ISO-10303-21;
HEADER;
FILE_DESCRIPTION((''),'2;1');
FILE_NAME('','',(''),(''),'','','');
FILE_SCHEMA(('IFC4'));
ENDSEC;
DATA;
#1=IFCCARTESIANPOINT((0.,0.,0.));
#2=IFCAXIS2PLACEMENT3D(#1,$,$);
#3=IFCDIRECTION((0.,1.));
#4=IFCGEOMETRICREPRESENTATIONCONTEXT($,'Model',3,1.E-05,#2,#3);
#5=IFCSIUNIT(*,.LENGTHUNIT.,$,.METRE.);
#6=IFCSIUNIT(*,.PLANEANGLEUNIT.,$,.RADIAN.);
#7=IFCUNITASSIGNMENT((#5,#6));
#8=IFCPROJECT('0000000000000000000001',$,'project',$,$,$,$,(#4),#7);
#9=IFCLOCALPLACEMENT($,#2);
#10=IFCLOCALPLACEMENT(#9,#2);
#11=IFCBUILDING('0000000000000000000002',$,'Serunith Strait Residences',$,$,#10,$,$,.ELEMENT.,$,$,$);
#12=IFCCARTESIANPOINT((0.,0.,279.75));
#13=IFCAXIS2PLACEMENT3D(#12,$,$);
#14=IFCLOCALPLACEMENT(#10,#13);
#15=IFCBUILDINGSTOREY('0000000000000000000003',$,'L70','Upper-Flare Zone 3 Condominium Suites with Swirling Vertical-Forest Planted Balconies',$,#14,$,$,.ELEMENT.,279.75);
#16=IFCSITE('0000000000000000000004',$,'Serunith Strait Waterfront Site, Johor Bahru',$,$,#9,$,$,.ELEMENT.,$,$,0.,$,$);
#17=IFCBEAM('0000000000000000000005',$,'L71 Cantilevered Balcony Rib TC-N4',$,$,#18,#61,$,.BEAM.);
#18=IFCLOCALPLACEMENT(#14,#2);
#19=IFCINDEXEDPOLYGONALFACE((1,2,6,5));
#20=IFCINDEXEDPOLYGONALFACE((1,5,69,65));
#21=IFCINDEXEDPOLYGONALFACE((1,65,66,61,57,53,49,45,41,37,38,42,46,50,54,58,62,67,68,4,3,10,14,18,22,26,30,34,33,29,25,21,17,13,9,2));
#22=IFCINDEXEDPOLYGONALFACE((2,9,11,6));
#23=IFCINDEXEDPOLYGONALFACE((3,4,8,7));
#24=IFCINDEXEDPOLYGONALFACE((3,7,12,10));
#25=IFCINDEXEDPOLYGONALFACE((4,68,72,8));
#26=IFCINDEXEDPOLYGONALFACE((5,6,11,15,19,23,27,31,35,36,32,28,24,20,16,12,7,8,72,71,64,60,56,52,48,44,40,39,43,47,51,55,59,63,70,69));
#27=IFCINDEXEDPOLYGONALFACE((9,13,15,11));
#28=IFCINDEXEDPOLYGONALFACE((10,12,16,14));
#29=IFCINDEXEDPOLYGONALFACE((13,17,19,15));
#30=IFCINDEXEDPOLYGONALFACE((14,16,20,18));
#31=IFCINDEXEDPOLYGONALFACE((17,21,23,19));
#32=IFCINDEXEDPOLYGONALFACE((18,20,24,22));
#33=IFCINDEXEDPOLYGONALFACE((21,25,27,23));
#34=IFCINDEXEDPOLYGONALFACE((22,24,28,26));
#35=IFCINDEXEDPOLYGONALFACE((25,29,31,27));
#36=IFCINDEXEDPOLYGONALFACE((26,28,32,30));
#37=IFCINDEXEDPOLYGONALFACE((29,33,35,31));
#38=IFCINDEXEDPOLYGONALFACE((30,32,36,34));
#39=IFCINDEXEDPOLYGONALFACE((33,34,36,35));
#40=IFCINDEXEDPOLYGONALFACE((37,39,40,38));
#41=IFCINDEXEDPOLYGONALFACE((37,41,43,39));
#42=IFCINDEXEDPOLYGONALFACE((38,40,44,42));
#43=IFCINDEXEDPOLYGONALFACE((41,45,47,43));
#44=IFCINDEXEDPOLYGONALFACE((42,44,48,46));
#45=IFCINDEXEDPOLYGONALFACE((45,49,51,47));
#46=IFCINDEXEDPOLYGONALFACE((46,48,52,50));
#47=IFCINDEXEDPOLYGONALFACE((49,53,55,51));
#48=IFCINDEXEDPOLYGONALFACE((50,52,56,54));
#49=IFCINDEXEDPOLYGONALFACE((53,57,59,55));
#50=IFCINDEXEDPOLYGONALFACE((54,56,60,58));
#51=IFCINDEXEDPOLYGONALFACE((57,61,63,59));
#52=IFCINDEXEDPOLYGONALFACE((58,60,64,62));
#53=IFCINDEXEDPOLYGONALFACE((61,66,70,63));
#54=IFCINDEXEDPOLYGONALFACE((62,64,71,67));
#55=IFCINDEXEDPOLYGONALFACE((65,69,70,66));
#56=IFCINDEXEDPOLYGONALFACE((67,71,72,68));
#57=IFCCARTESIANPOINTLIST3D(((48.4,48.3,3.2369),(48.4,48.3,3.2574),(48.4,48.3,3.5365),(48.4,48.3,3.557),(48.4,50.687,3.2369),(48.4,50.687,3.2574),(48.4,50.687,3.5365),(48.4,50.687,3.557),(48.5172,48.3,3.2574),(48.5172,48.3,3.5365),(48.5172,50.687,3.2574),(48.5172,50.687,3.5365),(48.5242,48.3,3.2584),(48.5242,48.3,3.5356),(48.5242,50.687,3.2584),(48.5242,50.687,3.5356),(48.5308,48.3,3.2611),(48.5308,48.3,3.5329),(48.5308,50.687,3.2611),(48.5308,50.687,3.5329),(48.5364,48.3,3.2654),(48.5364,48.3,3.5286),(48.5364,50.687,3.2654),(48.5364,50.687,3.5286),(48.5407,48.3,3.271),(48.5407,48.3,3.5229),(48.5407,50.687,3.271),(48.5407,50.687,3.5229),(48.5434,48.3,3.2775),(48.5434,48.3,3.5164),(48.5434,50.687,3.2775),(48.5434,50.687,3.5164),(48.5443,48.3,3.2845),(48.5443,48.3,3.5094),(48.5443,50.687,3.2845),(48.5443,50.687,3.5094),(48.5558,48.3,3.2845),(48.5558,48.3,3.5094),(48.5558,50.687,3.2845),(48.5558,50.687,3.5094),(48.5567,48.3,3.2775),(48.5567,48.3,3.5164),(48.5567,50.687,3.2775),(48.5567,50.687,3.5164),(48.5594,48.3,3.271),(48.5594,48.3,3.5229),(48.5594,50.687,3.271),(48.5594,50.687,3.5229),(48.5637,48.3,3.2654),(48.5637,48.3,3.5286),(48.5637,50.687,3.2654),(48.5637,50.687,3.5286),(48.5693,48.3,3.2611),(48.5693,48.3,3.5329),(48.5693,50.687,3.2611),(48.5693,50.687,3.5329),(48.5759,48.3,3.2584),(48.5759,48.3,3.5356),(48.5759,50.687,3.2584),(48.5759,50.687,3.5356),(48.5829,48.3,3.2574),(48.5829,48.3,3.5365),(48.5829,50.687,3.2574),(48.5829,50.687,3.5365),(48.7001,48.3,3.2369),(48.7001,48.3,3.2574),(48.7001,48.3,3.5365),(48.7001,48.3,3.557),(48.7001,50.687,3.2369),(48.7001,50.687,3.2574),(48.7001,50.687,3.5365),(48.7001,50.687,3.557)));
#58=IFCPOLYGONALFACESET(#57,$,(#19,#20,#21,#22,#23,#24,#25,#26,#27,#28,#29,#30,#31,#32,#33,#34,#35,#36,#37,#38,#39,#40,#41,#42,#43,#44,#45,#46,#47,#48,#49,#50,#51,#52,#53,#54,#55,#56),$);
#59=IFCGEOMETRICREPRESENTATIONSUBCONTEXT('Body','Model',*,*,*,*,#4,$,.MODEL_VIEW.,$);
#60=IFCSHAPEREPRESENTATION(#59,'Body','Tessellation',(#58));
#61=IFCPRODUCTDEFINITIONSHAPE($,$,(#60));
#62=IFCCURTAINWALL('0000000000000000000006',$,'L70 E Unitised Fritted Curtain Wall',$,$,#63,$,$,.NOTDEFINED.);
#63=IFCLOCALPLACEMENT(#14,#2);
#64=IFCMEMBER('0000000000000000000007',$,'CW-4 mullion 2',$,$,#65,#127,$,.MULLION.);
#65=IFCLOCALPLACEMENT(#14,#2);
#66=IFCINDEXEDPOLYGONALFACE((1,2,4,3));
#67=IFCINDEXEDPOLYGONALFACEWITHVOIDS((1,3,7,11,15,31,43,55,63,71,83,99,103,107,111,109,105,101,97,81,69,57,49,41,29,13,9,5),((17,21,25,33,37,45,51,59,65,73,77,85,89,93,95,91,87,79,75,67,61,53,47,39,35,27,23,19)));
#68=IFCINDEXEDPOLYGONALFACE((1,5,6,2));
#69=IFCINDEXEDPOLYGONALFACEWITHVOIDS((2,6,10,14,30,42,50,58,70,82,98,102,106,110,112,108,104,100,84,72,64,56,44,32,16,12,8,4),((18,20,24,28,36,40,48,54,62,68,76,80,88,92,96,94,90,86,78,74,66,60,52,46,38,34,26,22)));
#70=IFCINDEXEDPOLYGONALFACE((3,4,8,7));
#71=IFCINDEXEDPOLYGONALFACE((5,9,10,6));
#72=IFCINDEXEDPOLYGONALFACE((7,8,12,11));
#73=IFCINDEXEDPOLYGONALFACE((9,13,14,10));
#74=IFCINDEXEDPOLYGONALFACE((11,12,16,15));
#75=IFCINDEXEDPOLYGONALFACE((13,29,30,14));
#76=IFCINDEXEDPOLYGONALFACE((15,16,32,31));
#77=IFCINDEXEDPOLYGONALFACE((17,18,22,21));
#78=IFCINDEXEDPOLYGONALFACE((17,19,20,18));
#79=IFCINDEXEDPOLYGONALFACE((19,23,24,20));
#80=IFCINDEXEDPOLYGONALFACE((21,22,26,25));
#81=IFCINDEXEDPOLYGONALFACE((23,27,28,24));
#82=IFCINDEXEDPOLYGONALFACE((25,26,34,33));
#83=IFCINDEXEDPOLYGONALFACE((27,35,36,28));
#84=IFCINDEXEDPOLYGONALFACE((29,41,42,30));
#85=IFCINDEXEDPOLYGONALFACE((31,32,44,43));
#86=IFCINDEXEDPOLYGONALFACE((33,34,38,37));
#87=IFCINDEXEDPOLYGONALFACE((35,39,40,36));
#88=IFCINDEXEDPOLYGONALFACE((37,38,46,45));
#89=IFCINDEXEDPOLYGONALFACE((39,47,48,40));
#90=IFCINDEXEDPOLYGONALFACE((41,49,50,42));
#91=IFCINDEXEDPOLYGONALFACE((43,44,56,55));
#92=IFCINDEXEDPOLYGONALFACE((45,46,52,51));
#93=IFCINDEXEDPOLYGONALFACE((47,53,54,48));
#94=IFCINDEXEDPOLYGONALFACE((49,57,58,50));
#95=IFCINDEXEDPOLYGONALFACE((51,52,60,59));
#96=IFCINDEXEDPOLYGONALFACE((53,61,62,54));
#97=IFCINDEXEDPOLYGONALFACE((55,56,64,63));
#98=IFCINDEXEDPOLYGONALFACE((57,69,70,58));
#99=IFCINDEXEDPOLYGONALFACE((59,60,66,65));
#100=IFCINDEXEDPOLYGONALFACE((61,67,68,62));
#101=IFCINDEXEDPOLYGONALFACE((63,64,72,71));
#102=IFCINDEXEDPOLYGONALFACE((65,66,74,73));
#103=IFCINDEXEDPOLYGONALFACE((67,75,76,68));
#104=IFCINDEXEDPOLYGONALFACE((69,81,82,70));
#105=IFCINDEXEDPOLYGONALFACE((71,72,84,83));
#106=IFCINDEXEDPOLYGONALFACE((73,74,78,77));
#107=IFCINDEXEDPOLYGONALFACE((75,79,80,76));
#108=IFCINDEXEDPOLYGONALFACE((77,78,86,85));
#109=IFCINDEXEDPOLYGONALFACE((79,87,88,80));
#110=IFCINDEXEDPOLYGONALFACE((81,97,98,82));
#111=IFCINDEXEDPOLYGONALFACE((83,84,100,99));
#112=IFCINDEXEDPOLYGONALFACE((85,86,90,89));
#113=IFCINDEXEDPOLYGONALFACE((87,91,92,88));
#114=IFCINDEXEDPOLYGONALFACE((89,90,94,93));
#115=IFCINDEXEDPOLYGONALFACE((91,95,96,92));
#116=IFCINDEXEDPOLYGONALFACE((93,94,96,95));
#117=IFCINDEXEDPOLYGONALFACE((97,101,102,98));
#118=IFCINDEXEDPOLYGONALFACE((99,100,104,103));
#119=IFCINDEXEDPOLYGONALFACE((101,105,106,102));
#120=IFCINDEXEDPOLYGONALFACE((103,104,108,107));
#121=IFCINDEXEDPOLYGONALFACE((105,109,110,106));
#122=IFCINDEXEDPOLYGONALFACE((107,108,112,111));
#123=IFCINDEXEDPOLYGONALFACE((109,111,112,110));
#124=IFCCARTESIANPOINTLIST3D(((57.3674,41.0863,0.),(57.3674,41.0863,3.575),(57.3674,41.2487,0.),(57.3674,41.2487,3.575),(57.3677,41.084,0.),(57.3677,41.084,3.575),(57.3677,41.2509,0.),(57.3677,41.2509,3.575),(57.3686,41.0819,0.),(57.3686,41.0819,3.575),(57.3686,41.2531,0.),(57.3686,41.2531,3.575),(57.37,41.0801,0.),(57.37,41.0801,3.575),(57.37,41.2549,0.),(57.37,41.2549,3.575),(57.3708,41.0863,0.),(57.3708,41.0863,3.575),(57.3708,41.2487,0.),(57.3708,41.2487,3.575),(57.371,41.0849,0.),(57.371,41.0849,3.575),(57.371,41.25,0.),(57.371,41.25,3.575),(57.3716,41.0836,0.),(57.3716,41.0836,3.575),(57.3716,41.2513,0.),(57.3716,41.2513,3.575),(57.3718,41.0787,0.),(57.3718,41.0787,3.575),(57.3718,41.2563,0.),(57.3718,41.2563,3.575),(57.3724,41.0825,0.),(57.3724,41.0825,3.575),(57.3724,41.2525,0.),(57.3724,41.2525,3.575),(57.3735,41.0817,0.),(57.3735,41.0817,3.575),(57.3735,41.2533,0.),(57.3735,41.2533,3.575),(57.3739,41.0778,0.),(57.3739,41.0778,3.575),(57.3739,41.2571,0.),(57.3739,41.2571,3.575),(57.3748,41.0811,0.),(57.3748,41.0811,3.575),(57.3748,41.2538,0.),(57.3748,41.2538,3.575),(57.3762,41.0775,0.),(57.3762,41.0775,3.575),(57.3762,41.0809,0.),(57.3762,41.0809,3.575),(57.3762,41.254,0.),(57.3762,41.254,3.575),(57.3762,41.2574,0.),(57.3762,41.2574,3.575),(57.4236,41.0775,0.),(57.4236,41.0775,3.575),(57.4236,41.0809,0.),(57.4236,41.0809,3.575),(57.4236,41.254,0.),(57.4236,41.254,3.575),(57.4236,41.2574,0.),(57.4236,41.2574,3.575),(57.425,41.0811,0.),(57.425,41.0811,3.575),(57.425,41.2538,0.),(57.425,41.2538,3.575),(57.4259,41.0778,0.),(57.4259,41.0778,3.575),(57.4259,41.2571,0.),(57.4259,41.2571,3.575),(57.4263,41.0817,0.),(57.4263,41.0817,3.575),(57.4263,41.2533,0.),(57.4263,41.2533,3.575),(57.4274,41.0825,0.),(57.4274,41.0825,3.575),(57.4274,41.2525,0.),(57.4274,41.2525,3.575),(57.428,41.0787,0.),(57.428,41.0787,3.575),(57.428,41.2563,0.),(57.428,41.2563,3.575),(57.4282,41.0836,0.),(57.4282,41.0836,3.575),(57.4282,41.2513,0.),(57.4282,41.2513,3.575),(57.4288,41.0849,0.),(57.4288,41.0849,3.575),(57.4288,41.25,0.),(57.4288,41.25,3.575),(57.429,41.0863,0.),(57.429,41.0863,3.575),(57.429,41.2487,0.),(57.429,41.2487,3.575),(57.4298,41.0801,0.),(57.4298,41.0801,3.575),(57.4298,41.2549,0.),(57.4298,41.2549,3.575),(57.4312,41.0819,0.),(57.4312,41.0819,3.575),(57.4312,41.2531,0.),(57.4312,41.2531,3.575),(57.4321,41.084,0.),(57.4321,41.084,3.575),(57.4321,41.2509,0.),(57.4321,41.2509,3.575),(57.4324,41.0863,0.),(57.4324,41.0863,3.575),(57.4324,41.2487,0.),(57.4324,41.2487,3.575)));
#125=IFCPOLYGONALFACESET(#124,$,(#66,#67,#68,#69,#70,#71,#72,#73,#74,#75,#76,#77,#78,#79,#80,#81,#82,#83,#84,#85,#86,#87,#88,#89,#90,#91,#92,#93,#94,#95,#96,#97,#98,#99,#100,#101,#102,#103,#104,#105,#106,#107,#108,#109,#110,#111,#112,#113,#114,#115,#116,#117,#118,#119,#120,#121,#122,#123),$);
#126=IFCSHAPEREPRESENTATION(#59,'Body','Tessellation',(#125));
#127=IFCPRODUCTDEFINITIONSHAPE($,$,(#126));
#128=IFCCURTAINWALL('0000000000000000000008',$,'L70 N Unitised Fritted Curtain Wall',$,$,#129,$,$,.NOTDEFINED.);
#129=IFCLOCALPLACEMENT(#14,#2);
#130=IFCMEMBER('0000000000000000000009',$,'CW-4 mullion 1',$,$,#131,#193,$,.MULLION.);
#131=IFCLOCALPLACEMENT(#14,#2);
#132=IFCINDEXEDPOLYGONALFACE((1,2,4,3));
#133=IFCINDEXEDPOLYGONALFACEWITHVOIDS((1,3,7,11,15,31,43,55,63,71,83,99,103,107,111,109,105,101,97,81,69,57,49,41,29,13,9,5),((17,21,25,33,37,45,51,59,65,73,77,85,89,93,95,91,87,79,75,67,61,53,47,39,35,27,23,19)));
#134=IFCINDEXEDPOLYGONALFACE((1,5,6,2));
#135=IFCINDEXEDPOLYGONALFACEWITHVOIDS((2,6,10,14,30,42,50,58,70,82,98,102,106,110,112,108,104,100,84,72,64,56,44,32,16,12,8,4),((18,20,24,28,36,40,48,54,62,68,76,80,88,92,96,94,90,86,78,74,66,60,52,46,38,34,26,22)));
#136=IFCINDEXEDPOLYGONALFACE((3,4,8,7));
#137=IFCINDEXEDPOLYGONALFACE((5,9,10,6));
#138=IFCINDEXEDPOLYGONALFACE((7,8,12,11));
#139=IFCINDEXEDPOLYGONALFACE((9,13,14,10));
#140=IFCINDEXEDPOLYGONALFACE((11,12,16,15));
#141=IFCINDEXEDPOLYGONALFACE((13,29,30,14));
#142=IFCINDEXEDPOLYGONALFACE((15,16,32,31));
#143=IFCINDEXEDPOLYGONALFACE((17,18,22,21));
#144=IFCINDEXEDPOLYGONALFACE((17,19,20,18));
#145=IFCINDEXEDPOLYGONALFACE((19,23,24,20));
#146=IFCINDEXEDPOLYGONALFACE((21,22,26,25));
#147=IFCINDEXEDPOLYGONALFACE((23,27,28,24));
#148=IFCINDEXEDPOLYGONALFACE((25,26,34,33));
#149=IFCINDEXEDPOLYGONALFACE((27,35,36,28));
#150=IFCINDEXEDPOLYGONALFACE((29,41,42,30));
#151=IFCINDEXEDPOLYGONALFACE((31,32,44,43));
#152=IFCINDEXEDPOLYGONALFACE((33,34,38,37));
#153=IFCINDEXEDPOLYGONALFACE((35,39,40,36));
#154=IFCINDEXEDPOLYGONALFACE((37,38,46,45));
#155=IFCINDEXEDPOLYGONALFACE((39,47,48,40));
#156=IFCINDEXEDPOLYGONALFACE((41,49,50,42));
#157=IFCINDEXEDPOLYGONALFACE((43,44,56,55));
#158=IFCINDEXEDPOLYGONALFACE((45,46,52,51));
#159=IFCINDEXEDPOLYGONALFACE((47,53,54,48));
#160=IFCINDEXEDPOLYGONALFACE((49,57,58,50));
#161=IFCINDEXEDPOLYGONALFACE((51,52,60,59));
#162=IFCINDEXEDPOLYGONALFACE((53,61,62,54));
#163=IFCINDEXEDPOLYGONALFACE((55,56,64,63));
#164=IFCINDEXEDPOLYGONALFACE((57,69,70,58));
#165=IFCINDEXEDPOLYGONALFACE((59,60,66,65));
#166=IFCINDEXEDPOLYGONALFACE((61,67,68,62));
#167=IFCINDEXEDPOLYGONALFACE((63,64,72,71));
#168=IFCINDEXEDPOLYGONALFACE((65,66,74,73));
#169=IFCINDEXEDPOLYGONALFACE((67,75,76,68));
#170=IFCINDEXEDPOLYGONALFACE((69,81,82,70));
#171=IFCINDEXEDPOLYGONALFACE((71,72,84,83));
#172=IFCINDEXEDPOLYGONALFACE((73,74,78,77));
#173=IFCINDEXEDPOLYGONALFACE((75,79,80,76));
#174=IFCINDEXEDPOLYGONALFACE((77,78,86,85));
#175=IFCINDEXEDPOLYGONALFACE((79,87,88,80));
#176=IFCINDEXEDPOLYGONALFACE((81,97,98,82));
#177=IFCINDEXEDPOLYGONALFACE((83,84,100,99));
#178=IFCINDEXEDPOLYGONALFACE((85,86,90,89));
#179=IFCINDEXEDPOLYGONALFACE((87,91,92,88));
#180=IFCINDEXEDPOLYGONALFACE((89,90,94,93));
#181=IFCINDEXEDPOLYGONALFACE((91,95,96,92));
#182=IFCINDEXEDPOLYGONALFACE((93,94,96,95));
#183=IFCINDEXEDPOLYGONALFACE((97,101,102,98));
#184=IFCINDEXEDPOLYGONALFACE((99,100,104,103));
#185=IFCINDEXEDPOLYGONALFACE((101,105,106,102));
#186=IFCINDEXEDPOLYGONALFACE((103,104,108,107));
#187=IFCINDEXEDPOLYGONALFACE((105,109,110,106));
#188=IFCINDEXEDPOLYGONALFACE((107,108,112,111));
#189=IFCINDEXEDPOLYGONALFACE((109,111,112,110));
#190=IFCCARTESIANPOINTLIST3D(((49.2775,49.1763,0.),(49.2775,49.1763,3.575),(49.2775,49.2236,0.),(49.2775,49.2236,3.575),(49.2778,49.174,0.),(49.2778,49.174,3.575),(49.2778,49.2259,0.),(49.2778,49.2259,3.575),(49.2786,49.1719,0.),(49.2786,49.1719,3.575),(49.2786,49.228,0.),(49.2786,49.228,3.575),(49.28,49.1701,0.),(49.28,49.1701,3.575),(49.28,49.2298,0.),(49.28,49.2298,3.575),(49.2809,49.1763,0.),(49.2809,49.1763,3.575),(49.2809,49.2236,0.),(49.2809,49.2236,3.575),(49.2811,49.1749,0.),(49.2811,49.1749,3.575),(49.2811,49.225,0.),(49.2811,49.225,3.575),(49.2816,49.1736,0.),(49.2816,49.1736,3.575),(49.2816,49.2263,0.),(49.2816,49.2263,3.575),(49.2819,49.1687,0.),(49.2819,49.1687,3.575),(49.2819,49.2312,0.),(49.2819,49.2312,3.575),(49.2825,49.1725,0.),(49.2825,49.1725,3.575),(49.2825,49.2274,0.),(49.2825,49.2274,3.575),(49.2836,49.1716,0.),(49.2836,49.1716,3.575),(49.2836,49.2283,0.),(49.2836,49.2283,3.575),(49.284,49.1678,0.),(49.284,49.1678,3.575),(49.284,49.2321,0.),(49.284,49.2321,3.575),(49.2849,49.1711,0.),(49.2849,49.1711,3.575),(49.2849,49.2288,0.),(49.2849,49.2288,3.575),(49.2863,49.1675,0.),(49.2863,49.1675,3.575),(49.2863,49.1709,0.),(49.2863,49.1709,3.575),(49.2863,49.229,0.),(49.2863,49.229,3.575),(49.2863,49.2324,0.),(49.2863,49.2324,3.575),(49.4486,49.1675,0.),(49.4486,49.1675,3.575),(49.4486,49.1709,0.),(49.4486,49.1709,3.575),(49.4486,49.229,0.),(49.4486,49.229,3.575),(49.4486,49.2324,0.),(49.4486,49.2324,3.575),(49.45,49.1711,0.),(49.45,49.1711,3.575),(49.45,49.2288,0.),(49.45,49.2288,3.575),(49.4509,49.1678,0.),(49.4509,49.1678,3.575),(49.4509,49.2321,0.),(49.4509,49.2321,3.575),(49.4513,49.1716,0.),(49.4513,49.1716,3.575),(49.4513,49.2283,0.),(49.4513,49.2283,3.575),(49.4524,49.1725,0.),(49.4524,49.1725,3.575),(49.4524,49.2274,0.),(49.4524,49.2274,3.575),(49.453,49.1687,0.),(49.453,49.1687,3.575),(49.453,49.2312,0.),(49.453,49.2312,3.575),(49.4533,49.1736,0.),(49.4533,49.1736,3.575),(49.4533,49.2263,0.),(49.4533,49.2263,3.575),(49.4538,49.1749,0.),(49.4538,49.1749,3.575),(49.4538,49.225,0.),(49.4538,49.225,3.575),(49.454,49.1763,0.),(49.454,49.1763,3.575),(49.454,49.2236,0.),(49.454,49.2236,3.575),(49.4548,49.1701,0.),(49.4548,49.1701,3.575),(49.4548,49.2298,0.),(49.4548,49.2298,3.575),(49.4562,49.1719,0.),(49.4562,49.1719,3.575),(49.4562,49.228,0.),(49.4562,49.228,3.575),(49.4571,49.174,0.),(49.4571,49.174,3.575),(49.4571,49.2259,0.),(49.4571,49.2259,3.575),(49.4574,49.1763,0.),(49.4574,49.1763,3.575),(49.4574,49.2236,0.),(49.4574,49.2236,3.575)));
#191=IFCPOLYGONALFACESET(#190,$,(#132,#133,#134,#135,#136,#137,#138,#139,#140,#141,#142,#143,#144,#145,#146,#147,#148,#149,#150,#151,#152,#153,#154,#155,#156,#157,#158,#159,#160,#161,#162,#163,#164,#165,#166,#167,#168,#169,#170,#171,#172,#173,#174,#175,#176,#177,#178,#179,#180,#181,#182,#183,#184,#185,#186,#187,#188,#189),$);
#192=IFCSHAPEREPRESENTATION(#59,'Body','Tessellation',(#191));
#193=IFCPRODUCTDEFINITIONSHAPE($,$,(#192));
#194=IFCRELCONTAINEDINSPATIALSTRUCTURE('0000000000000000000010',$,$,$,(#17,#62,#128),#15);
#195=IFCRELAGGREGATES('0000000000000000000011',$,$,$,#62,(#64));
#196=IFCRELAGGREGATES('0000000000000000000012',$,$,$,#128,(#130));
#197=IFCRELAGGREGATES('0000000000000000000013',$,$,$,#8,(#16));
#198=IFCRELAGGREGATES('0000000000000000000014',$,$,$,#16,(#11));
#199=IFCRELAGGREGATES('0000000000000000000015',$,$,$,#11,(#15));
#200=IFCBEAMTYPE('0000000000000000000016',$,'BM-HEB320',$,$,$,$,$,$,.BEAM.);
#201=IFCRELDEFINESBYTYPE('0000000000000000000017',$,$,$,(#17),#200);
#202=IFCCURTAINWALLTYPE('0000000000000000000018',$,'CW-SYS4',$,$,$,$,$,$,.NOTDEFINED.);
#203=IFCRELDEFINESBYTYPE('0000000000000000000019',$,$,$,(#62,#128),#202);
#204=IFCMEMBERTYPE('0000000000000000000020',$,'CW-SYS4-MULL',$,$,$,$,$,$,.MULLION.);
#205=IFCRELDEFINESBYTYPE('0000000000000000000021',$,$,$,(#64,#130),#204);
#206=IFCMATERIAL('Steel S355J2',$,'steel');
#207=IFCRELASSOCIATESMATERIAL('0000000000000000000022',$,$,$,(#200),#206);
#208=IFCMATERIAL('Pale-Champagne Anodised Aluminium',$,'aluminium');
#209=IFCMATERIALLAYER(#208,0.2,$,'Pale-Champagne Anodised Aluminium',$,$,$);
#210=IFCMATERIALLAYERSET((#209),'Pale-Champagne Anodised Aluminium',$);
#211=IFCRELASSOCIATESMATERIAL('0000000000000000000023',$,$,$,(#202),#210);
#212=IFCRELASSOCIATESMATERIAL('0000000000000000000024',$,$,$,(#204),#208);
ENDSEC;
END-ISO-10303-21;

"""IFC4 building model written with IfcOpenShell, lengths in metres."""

from ifc_helpers import new_model, si_unit, direction, frame, origin, origin_2d, place, context, subcontext, project, spatial, hollow_rectangle, i_section, extrude, source, transform, mapped, material, layer, layer_set, material_profile, profile_set, type_object, element, aggregate, save


model = new_model("IFC4")

# Units and contexts
model_context = context("Model", 3, precision=1e-05, world=origin(), true_north=direction((0.0, 1.0)))
body_context = subcontext(model_context, "Body", "Model", "MODEL_VIEW")
ifc_project = project(units=[si_unit("LENGTHUNIT", "METRE"), si_unit("PLANEANGLEUNIT", "RADIAN")], contexts=[model_context])

# Site, building, storey
site_placement = place(None, origin())
site = spatial("IfcSite", under=ifc_project, at=site_placement, Name="Serunith Strait Waterfront Site, Johor Bahru", CompositionType="ELEMENT", RefElevation=0.0)
building_placement = place(site_placement, origin())
building = spatial("IfcBuilding", under=site, at=building_placement, Name="Serunith Strait Residences", CompositionType="ELEMENT")
storey_placement = place(building_placement, frame((0.0, 0.0, 279.75)))
storey = spatial("IfcBuildingStorey", under=building, at=storey_placement, Name="L70", Description="Upper-Flare Zone 3 Condominium Suites with Swirling Vertical-Forest Planted Balconies", CompositionType="ELEMENT", Elevation=279.75)

# Beam
ifc_material_1 = material(Name="Steel S355J2", Category="steel")
ifc_material_profile_1 = material_profile(ifc_material_1, i_section(OverallWidth=0.3, OverallDepth=0.3201, WebThickness=0.0115, FlangeThickness=0.0205, FilletRadius=0.0271, at=origin_2d()), Name="HEB 320")
ifc_profile_set_1 = profile_set([ifc_material_profile_1], Name="Steel S355J2")
beam_type_1 = type_object("IfcBeamType", Name="BM-HEB320", PredefinedType="BEAM", material=ifc_profile_set_1)
shared_shape_1 = source(origin(), body_context, "Body", "SweptSolid", [
    extrude(i_section(OverallWidth=0.3, OverallDepth=0.3201, WebThickness=0.0115, FlangeThickness=0.0205, FilletRadius=0.0271, at=origin_2d()), origin(), (0.0, 0.0, 1.0), 2.387),
])
beam_1_placement = place(storey_placement, frame((48.55, 48.3, 3.397), z_axis=(0.0, 1.0, 0.0), x_axis=(-1.0, 0.0, 0.0)))
element("IfcBeam", 1, at=beam_1_placement, inside=storey, type_object=beam_type_1, Name="L71 Cantilevered Balcony Rib TC-N4", PredefinedType="BEAM", context=body_context, shape_type="MappedRepresentation", body=[
    mapped(shared_shape_1, transform((0.0, 0.0, 0.0), scale=1.0)),
])

# Curtain wall, member
ifc_material_2 = material(Name="Pale-Champagne Anodised Aluminium", Category="aluminium")
ifc_layer_1 = layer(ifc_material_2, 0.2, Name="Pale-Champagne Anodised Aluminium")
ifc_layer_set_1 = layer_set([ifc_layer_1], Name="Pale-Champagne Anodised Aluminium")
curtain_wall_type = type_object("IfcCurtainWallType", Name="CW-SYS4", PredefinedType="NOTDEFINED", material=ifc_layer_set_1)
curtain_wall_1_placement = place(storey_placement, origin())
curtain_wall_1 = element("IfcCurtainWall", 2, at=curtain_wall_1_placement, inside=storey, type_object=curtain_wall_type, Name="L70 E Unitised Fritted Curtain Wall", PredefinedType="NOTDEFINED")
ifc_material_profile_2 = material_profile(ifc_material_2, hollow_rectangle(XDim=0.0649, YDim=0.1799, WallThickness=0.0034, InnerFilletRadius=0.0054, OuterFilletRadius=0.0088, at=origin_2d()), Name="ALU 180x65x3.5")
ifc_profile_set_2 = profile_set([ifc_material_profile_2], Name="Pale-Champagne Anodised Aluminium")
member_type_1 = type_object("IfcMemberType", Name="CW-SYS4-MULL", PredefinedType="MULLION", material=ifc_profile_set_2)
shared_shape_2 = source(origin(), body_context, "Body", "SweptSolid", [
    extrude(hollow_rectangle(XDim=0.0649, YDim=0.1799, WallThickness=0.0034, InnerFilletRadius=0.0054, OuterFilletRadius=0.0088, at=origin_2d()), origin(), (0.0, 0.0, 1.0), 3.575),
])
member_1_placement = place(storey_placement, frame((57.3999, 41.1675, 0.0), z_axis=(0.0, 0.0, 1.0), x_axis=(-1.0, 0.0, 0.0)))
member_1 = element("IfcMember", 3, at=member_1_placement, type_object=member_type_1, Name="CW-4 mullion 2", PredefinedType="MULLION", context=body_context, shape_type="MappedRepresentation", body=[
    mapped(shared_shape_2, transform((0.0, 0.0, 0.0), scale=1.0)),
])
aggregate(curtain_wall_1, [member_1])

# Curtain wall, member
curtain_wall_2_placement = place(storey_placement, origin())
curtain_wall_2 = element("IfcCurtainWall", 4, at=curtain_wall_2_placement, inside=storey, type_object=curtain_wall_type, Name="L70 N Unitised Fritted Curtain Wall", PredefinedType="NOTDEFINED")
member_2_placement = place(storey_placement, frame((49.3674, 49.2, 0.0), z_axis=(0.0, 0.0, 1.0), x_axis=(0.0, -1.0, 0.0)))
member_2 = element("IfcMember", 5, at=member_2_placement, type_object=member_type_1, Name="CW-4 mullion 1", PredefinedType="MULLION", context=body_context, shape_type="MappedRepresentation", body=[
    mapped(shared_shape_2, transform((0.0, 0.0, 0.0), scale=1.0)),
])
aggregate(curtain_wall_2, [member_2])

save(model, "model.ifc")
